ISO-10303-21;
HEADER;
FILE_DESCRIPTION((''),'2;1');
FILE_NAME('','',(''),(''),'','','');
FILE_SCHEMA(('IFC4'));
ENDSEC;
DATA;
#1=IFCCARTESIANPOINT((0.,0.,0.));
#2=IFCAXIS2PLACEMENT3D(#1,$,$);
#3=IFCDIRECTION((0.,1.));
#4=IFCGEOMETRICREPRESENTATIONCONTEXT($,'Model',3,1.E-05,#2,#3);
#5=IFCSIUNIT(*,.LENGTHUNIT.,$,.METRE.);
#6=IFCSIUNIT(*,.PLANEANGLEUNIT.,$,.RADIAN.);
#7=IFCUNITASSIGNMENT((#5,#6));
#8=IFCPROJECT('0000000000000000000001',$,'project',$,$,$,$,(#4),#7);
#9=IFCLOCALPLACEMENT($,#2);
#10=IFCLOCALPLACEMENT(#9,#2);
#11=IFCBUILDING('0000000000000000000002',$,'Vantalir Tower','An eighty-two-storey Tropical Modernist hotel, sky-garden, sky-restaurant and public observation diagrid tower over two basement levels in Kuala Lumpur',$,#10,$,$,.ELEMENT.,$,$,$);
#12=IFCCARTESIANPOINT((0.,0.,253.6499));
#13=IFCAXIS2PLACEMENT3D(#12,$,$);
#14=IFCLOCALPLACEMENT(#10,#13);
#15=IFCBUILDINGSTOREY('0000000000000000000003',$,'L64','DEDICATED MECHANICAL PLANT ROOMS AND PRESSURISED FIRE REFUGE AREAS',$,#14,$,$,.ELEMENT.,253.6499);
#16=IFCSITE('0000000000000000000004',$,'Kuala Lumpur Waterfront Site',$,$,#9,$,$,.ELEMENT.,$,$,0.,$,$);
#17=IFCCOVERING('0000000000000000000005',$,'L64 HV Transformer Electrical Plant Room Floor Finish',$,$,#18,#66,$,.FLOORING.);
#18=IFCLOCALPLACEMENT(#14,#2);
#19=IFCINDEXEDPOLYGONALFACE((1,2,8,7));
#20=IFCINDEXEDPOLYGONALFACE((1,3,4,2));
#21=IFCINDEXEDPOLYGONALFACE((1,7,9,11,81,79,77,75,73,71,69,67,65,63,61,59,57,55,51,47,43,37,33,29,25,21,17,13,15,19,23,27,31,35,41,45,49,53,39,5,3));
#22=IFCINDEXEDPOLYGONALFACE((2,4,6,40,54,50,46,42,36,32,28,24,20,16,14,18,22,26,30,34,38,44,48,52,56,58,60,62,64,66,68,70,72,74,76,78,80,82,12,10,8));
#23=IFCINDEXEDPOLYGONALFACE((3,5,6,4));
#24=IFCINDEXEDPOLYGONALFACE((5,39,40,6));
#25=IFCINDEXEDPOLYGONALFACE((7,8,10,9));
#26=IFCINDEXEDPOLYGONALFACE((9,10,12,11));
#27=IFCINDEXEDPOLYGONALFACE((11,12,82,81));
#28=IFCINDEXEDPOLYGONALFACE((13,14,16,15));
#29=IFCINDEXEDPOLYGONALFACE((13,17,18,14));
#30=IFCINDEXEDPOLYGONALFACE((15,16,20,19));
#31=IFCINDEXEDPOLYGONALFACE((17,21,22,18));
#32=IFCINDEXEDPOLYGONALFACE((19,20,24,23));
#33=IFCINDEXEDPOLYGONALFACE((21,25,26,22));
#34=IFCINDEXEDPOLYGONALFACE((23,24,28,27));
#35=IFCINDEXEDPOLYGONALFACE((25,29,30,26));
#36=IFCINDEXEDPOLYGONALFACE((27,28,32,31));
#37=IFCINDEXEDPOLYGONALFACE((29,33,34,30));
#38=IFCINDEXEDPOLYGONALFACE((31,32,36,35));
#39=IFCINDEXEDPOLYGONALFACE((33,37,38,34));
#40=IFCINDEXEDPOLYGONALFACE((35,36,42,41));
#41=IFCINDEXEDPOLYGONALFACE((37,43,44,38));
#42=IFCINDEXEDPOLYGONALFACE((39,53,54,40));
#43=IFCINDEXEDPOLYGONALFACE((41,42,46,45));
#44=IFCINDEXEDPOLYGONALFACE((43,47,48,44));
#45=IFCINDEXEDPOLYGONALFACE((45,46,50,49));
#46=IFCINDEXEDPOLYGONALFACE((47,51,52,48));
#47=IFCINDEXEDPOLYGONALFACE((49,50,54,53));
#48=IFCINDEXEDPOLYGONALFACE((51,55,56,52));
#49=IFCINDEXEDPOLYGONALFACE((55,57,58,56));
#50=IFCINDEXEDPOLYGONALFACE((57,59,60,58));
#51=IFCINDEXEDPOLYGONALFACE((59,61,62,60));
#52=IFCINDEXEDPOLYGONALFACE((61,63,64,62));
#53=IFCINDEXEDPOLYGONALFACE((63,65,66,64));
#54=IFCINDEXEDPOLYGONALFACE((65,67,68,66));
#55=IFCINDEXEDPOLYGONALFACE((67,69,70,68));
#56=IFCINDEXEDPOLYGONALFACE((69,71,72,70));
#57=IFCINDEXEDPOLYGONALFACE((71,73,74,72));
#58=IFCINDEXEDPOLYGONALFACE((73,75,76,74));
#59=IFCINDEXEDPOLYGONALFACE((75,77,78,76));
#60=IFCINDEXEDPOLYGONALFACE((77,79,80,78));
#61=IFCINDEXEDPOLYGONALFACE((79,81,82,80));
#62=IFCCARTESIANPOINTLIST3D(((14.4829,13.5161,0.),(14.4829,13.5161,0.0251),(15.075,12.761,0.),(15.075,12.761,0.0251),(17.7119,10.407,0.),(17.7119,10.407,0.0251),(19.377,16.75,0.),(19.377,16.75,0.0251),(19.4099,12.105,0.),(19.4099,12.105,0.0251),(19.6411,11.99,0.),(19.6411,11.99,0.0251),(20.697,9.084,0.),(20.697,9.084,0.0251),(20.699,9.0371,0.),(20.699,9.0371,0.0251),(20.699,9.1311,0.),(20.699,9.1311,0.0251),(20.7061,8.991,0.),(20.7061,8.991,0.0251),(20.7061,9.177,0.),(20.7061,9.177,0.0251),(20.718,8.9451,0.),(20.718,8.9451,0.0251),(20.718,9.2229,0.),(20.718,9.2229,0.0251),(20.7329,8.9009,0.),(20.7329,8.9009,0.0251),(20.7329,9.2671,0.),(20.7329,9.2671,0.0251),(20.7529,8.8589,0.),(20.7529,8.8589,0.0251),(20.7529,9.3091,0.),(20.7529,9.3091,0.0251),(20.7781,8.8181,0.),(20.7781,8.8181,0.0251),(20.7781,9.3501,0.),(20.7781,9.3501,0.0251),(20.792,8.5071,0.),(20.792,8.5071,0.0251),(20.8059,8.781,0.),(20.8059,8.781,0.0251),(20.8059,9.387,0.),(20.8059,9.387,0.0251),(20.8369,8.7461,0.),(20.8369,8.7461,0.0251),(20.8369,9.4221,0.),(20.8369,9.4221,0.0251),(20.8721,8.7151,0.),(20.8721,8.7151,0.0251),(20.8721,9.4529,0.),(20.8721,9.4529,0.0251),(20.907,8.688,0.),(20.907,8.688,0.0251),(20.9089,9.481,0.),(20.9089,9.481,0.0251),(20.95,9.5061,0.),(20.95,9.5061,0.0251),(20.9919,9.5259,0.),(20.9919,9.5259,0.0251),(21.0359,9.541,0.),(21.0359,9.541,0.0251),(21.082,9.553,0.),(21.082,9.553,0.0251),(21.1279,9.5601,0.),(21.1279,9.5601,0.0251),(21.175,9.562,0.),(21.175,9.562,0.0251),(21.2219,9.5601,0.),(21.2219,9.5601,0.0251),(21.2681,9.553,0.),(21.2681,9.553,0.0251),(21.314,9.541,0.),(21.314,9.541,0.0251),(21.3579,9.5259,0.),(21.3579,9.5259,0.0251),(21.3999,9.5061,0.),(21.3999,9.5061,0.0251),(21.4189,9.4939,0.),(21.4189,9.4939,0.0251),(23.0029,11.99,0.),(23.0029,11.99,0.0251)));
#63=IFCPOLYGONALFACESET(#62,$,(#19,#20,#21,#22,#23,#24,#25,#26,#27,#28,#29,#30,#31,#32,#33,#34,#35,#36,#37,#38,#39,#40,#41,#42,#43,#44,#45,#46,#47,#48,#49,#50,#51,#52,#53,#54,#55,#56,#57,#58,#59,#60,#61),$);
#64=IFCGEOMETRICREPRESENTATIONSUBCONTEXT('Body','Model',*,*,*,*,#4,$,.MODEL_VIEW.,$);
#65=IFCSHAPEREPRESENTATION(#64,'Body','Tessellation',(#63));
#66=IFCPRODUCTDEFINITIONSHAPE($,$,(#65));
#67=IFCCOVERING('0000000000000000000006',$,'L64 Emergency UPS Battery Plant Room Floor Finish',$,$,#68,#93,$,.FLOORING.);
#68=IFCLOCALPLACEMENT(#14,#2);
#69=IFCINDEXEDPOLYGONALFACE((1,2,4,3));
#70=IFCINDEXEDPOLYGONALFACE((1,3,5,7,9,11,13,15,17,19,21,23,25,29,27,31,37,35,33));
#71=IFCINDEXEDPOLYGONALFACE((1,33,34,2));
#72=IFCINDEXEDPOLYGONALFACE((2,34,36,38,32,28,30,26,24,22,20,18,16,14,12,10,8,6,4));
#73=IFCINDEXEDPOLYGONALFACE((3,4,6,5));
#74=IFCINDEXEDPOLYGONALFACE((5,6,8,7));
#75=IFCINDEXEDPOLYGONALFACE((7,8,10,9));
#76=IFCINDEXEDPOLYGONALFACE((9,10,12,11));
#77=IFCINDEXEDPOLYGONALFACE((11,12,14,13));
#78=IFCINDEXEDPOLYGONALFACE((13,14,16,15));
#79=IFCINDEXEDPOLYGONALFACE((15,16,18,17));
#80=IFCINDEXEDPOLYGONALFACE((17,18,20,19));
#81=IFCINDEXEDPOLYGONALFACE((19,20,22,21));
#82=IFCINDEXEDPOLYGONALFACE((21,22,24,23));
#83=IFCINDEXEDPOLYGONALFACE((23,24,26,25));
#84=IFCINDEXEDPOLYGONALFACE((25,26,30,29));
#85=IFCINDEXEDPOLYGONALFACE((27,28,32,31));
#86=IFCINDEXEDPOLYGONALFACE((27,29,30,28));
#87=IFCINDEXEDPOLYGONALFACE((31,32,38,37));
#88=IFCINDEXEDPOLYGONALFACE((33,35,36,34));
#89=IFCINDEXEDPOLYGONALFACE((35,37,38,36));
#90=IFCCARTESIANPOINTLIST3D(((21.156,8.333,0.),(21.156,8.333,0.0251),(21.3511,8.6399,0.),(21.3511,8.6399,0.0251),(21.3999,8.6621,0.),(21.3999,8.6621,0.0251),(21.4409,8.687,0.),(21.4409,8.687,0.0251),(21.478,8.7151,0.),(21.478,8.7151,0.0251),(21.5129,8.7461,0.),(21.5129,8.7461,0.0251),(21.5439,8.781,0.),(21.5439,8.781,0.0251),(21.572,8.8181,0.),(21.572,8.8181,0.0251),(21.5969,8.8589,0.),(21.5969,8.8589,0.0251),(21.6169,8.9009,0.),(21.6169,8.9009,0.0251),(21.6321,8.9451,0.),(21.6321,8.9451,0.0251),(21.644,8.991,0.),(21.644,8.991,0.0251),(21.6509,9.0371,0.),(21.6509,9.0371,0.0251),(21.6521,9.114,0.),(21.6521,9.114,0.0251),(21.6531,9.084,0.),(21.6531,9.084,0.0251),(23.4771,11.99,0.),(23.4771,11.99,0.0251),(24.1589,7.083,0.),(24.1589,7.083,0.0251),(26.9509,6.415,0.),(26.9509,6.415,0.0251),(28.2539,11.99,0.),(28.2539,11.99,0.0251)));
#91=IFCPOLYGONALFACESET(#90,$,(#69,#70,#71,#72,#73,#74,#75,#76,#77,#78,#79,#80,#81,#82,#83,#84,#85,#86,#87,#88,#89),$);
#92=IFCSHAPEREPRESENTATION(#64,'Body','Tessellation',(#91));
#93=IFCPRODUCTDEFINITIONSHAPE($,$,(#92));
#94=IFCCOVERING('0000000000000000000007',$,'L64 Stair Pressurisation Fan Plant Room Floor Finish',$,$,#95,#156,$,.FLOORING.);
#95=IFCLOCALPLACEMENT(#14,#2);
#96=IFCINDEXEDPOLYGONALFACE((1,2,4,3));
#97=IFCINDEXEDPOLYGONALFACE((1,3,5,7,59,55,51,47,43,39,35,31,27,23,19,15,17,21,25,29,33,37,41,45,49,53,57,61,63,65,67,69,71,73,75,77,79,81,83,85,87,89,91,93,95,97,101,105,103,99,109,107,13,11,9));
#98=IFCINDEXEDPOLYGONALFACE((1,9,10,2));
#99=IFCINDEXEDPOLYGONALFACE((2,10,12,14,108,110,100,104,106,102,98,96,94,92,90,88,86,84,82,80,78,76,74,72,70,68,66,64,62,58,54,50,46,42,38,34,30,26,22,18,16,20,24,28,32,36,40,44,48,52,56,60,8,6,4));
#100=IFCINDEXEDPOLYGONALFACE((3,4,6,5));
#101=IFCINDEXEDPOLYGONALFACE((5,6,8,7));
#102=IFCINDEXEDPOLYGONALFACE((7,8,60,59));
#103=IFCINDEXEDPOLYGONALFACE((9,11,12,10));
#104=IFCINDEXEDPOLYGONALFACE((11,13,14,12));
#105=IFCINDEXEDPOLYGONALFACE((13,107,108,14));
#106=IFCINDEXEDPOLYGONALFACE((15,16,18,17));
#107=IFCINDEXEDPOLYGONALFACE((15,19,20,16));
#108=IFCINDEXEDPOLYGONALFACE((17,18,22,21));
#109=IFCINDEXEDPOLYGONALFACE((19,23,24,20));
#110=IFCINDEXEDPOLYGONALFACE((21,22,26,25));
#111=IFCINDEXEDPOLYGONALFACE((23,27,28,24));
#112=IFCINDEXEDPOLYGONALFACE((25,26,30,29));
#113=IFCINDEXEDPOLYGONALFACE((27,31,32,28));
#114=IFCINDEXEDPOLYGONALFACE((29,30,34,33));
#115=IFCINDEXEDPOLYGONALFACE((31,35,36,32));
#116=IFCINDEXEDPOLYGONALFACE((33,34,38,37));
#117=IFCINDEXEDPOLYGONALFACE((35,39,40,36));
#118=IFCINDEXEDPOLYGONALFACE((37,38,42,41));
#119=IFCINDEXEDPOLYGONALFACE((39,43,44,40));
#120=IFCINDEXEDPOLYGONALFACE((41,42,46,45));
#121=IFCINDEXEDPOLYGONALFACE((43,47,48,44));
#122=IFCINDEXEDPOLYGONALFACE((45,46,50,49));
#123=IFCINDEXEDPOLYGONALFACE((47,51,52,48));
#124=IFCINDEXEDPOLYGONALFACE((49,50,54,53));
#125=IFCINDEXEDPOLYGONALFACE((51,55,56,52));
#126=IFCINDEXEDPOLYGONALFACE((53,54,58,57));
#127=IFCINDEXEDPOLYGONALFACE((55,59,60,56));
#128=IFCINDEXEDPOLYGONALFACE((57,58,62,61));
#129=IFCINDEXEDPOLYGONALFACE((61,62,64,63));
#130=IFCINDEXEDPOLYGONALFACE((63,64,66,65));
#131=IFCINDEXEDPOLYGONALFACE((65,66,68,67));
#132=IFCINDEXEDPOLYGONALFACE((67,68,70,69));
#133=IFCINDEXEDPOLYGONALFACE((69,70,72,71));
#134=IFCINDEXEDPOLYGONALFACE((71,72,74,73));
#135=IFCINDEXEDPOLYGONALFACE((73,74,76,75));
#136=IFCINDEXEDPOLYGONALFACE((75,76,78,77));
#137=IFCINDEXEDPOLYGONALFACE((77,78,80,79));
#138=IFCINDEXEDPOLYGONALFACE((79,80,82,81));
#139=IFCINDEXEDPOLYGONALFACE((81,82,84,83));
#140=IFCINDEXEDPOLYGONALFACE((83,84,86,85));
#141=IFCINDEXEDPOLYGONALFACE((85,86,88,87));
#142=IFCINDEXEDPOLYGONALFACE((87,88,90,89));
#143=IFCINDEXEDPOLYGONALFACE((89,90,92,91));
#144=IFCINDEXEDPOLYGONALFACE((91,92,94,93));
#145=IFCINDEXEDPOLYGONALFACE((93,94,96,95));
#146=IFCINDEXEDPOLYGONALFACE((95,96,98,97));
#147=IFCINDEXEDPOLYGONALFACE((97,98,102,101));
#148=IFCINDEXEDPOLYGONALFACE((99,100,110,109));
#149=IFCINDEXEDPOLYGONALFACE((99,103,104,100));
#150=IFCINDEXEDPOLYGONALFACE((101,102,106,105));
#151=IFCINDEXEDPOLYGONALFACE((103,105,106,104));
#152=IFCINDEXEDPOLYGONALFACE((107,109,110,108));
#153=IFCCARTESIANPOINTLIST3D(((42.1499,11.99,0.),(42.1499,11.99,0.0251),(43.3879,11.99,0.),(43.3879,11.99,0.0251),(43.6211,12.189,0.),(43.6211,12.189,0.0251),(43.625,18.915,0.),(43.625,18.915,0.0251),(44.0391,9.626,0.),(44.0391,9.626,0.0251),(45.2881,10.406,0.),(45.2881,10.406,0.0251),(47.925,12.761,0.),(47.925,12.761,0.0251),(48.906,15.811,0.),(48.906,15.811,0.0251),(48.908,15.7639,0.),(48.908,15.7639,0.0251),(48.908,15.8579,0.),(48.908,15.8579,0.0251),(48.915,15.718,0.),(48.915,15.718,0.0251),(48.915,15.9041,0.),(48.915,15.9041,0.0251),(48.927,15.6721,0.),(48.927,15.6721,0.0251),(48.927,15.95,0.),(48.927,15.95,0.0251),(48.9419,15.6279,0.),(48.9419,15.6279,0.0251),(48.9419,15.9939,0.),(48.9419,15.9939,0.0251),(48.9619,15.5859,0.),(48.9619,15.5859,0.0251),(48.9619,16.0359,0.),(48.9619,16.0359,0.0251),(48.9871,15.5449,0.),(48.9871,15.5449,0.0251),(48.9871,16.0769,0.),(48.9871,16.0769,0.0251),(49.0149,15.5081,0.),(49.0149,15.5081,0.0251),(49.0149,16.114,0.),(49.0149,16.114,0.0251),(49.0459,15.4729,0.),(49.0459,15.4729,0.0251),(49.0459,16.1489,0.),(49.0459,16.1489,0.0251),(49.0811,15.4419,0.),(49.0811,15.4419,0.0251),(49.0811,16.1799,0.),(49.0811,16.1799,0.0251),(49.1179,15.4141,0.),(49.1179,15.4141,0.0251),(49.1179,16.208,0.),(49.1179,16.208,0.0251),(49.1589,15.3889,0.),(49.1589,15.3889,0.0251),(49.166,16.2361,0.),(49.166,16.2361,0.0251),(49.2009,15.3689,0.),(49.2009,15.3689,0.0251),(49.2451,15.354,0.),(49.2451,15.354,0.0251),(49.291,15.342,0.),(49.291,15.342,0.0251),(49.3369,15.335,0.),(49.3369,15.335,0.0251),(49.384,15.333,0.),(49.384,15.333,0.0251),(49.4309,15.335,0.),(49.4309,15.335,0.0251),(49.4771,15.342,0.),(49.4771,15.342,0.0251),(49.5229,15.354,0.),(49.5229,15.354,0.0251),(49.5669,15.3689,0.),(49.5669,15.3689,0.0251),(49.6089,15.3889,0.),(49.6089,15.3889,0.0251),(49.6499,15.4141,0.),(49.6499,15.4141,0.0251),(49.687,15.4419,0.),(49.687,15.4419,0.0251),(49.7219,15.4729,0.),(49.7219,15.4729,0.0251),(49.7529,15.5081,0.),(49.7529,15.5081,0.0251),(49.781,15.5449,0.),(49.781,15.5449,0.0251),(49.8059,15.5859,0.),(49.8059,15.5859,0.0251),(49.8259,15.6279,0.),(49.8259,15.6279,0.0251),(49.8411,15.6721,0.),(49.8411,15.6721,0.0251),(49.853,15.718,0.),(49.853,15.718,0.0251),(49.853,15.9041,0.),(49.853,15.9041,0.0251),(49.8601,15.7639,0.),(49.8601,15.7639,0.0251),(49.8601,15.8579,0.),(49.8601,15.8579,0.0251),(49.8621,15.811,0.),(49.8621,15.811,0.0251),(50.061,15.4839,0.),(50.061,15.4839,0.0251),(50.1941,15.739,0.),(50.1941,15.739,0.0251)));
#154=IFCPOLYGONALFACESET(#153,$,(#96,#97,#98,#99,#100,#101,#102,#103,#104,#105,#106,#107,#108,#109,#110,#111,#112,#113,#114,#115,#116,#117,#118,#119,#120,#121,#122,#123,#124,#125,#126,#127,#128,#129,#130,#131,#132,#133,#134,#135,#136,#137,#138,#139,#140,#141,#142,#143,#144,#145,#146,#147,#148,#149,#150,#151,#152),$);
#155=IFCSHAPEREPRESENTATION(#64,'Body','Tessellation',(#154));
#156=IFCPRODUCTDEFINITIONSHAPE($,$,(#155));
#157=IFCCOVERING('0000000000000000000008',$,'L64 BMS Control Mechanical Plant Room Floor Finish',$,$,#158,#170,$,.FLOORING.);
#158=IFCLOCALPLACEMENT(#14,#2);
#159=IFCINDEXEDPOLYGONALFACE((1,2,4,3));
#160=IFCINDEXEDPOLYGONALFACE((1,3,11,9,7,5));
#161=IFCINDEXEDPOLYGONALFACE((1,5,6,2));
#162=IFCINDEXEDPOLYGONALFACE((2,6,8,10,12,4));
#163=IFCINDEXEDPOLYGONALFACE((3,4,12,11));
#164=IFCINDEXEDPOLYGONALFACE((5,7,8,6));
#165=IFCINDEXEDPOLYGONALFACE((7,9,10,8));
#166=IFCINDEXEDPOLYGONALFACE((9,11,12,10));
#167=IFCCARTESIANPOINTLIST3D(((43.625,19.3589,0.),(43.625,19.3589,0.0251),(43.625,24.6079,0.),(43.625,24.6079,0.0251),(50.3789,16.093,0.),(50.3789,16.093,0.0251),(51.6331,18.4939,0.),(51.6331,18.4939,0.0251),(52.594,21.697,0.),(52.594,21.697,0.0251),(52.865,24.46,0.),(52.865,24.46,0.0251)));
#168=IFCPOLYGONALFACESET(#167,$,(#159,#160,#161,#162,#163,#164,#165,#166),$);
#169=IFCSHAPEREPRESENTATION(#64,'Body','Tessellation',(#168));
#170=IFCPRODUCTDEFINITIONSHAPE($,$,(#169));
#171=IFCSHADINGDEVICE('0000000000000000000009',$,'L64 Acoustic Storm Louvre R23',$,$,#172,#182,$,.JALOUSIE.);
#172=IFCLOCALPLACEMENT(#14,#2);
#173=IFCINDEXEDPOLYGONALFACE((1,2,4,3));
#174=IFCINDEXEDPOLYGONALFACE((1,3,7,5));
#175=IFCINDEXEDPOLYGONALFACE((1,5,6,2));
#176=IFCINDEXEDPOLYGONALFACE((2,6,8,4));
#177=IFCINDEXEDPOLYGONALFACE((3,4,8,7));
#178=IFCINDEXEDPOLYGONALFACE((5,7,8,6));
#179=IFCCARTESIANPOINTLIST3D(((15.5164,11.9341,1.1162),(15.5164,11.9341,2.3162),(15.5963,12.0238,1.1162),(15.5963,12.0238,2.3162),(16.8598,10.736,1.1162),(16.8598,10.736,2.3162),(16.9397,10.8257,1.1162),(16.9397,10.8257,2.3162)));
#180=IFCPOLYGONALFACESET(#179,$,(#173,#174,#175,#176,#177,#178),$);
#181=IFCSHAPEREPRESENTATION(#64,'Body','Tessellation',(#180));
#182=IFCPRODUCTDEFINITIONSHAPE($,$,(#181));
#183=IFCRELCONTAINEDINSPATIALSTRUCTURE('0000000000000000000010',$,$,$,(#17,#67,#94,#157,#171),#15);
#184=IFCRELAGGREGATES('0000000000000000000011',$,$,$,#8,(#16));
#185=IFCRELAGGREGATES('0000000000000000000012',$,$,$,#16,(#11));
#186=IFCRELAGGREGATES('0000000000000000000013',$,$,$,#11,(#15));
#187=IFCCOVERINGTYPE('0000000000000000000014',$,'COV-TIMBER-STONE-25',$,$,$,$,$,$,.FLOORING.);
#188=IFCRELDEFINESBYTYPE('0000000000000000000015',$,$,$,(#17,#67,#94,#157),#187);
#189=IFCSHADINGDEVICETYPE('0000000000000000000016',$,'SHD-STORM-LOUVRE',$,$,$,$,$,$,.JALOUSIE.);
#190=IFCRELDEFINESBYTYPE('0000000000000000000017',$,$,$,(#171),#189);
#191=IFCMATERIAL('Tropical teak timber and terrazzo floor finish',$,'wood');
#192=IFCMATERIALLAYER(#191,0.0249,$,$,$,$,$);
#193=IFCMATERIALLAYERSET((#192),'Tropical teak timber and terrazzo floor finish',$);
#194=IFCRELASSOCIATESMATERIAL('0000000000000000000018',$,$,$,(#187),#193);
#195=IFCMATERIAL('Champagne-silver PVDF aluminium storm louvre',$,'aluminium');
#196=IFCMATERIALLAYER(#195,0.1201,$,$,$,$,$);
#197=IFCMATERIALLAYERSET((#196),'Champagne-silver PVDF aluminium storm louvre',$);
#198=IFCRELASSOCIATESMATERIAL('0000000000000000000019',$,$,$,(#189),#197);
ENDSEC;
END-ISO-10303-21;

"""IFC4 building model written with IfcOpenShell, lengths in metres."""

from ifc_helpers import new_model, si_unit, direction, frame, origin, origin_2d, place, context, subcontext, project, spatial, polyline, rectangle, outline, extrude, material, layer, layer_set, type_object, element, save


model = new_model("IFC4")

# Units and contexts
model_context = context("Model", 3, precision=1e-05, world=origin(), true_north=direction((0.0, 1.0)))
body_context = subcontext(model_context, "Body", "Model", "MODEL_VIEW")
ifc_project = project(units=[si_unit("LENGTHUNIT", "METRE"), si_unit("PLANEANGLEUNIT", "RADIAN")], contexts=[model_context])

# Site, building, storey
site_placement = place(None, origin())
site = spatial("IfcSite", under=ifc_project, at=site_placement, Name="Kuala Lumpur Waterfront Site", CompositionType="ELEMENT", RefElevation=0.0)
building_placement = place(site_placement, origin())
building = spatial("IfcBuilding", under=site, at=building_placement, Name="Vantalir Tower", Description="An eighty-two-storey Tropical Modernist hotel, sky-garden, sky-restaurant and public observation diagrid tower over two basement levels in Kuala Lumpur", CompositionType="ELEMENT")
storey_placement = place(building_placement, frame((0.0, 0.0, 253.6499)))
storey = spatial("IfcBuildingStorey", under=building, at=storey_placement, Name="L64", Description="DEDICATED MECHANICAL PLANT ROOMS AND PRESSURISED FIRE REFUGE AREAS", CompositionType="ELEMENT", Elevation=253.6499)

# Coverings
ifc_material_1 = material(Name="Tropical teak timber and terrazzo floor finish", Category="wood")
ifc_layer_1 = layer(ifc_material_1, 0.0249)
ifc_layer_set_1 = layer_set([ifc_layer_1], Name="Tropical teak timber and terrazzo floor finish")
covering_type_1 = type_object("IfcCoveringType", Name="COV-TIMBER-STONE-25", PredefinedType="FLOORING", material=ifc_layer_set_1)
covering_1_placement = place(storey_placement, origin())
element("IfcCovering", 1, at=covering_1_placement, inside=storey, type_object=covering_type_1, Name="L64 HV Transformer Electrical Plant Room Floor Finish", PredefinedType="FLOORING", context=body_context, shape_type="SweptSolid", body=[
    extrude(outline(polyline([(23.0029, 11.99), (19.6411, 11.99), (19.4099, 12.105), (19.377, 16.75), (14.4829, 13.5161), (15.075, 12.761), (17.7119, 10.407), (20.792, 8.5071), (20.907, 8.688), (20.8721, 8.7151), (20.8369, 8.7461), (20.8059, 8.781), (20.7781, 8.8181), (20.7529, 8.8589), (20.7329, 8.9009), (20.718, 8.9451), (20.7061, 8.991), (20.699, 9.0371), (20.697, 9.084), (20.699, 9.1311), (20.7061, 9.177), (20.718, 9.2229), (20.7329, 9.2671), (20.7529, 9.3091), (20.7781, 9.3501), (20.8059, 9.387), (20.8369, 9.4221), (20.8721, 9.4529), (20.9089, 9.481), (20.95, 9.5061), (20.9919, 9.5259), (21.0359, 9.541), (21.082, 9.553), (21.1279, 9.5601), (21.175, 9.562), (21.2219, 9.5601), (21.2681, 9.553), (21.314, 9.541), (21.3579, 9.5259), (21.3999, 9.5061), (21.4189, 9.4939), (23.0029, 11.99)])), origin(), (0.0, 0.0, 1.0), 0.0251),
])
covering_2_placement = place(storey_placement, origin())
element("IfcCovering", 2, at=covering_2_placement, inside=storey, type_object=covering_type_1, Name="L64 Emergency UPS Battery Plant Room Floor Finish", PredefinedType="FLOORING", context=body_context, shape_type="SweptSolid", body=[
    extrude(outline(polyline([(26.9509, 6.415), (28.2539, 11.99), (23.4771, 11.99), (21.6521, 9.114), (21.6531, 9.084), (21.6509, 9.0371), (21.644, 8.991), (21.6321, 8.9451), (21.6169, 8.9009), (21.5969, 8.8589), (21.572, 8.8181), (21.5439, 8.781), (21.5129, 8.7461), (21.478, 8.7151), (21.4409, 8.687), (21.3999, 8.6621), (21.3511, 8.6399), (21.156, 8.333), (24.1589, 7.083), (26.9509, 6.415)])), origin(), (0.0, 0.0, 1.0), 0.0251),
])
covering_3_placement = place(storey_placement, origin())
element("IfcCovering", 3, at=covering_3_placement, inside=storey, type_object=covering_type_1, Name="L64 Stair Pressurisation Fan Plant Room Floor Finish", PredefinedType="FLOORING", context=body_context, shape_type="SweptSolid", body=[
    extrude(outline(polyline([(50.1941, 15.739), (49.853, 15.9041), (49.8601, 15.8579), (49.8621, 15.811), (49.8601, 15.7639), (49.853, 15.718), (49.8411, 15.6721), (49.8259, 15.6279), (49.8059, 15.5859), (49.781, 15.5449), (49.7529, 15.5081), (49.7219, 15.4729), (49.687, 15.4419), (49.6499, 15.4141), (49.6089, 15.3889), (49.5669, 15.3689), (49.5229, 15.354), (49.4771, 15.342), (49.4309, 15.335), (49.384, 15.333), (49.3369, 15.335), (49.291, 15.342), (49.2451, 15.354), (49.2009, 15.3689), (49.1589, 15.3889), (49.1179, 15.4141), (49.0811, 15.4419), (49.0459, 15.4729), (49.0149, 15.5081), (48.9871, 15.5449), (48.9619, 15.5859), (48.9419, 15.6279), (48.927, 15.6721), (48.915, 15.718), (48.908, 15.7639), (48.906, 15.811), (48.908, 15.8579), (48.915, 15.9041), (48.927, 15.95), (48.9419, 15.9939), (48.9619, 16.0359), (48.9871, 16.0769), (49.0149, 16.114), (49.0459, 16.1489), (49.0811, 16.1799), (49.1179, 16.208), (49.166, 16.2361), (43.625, 18.915), (43.6211, 12.189), (43.3879, 11.99), (42.1499, 11.99), (44.0391, 9.626), (45.2881, 10.406), (47.925, 12.761), (50.061, 15.4839), (50.1941, 15.739)])), origin(), (0.0, 0.0, 1.0), 0.0251),
])
covering_4_placement = place(storey_placement, origin())
element("IfcCovering", 4, at=covering_4_placement, inside=storey, type_object=covering_type_1, Name="L64 BMS Control Mechanical Plant Room Floor Finish", PredefinedType="FLOORING", context=body_context, shape_type="SweptSolid", body=[
    extrude(outline(polyline([(52.594, 21.697), (52.865, 24.46), (43.625, 24.6079), (43.625, 19.3589), (50.3789, 16.093), (51.6331, 18.4939), (52.594, 21.697)])), origin(), (0.0, 0.0, 1.0), 0.0251),
])

# Shading device
ifc_material_2 = material(Name="Champagne-silver PVDF aluminium storm louvre", Category="aluminium")
ifc_layer_2 = layer(ifc_material_2, 0.1201)
ifc_layer_set_2 = layer_set([ifc_layer_2], Name="Champagne-silver PVDF aluminium storm louvre")
shading_device_type = type_object("IfcShadingDeviceType", Name="SHD-STORM-LOUVRE", PredefinedType="JALOUSIE", material=ifc_layer_set_2)
for number, where, z_axis, x_axis, name in (
    (5, (16.228, 11.3799, 1.1162), (0.0, 0.0, 1.0), (0.746313, -0.665595, 0.0), "L64 Acoustic Storm Louvre R23"),
):
    element("IfcShadingDevice", number, at=place(storey_placement, frame(where, z_axis=z_axis, x_axis=x_axis)), inside=storey, type_object=shading_device_type, Name=name, PredefinedType="JALOUSIE", context=body_context, shape_type="SweptSolid", body=[
        extrude(rectangle(XDim=1.8, YDim=0.1201, at=origin_2d()), origin(), (0.0, 0.0, 1.0), 1.2),
    ])

save(model, "model.ifc")
